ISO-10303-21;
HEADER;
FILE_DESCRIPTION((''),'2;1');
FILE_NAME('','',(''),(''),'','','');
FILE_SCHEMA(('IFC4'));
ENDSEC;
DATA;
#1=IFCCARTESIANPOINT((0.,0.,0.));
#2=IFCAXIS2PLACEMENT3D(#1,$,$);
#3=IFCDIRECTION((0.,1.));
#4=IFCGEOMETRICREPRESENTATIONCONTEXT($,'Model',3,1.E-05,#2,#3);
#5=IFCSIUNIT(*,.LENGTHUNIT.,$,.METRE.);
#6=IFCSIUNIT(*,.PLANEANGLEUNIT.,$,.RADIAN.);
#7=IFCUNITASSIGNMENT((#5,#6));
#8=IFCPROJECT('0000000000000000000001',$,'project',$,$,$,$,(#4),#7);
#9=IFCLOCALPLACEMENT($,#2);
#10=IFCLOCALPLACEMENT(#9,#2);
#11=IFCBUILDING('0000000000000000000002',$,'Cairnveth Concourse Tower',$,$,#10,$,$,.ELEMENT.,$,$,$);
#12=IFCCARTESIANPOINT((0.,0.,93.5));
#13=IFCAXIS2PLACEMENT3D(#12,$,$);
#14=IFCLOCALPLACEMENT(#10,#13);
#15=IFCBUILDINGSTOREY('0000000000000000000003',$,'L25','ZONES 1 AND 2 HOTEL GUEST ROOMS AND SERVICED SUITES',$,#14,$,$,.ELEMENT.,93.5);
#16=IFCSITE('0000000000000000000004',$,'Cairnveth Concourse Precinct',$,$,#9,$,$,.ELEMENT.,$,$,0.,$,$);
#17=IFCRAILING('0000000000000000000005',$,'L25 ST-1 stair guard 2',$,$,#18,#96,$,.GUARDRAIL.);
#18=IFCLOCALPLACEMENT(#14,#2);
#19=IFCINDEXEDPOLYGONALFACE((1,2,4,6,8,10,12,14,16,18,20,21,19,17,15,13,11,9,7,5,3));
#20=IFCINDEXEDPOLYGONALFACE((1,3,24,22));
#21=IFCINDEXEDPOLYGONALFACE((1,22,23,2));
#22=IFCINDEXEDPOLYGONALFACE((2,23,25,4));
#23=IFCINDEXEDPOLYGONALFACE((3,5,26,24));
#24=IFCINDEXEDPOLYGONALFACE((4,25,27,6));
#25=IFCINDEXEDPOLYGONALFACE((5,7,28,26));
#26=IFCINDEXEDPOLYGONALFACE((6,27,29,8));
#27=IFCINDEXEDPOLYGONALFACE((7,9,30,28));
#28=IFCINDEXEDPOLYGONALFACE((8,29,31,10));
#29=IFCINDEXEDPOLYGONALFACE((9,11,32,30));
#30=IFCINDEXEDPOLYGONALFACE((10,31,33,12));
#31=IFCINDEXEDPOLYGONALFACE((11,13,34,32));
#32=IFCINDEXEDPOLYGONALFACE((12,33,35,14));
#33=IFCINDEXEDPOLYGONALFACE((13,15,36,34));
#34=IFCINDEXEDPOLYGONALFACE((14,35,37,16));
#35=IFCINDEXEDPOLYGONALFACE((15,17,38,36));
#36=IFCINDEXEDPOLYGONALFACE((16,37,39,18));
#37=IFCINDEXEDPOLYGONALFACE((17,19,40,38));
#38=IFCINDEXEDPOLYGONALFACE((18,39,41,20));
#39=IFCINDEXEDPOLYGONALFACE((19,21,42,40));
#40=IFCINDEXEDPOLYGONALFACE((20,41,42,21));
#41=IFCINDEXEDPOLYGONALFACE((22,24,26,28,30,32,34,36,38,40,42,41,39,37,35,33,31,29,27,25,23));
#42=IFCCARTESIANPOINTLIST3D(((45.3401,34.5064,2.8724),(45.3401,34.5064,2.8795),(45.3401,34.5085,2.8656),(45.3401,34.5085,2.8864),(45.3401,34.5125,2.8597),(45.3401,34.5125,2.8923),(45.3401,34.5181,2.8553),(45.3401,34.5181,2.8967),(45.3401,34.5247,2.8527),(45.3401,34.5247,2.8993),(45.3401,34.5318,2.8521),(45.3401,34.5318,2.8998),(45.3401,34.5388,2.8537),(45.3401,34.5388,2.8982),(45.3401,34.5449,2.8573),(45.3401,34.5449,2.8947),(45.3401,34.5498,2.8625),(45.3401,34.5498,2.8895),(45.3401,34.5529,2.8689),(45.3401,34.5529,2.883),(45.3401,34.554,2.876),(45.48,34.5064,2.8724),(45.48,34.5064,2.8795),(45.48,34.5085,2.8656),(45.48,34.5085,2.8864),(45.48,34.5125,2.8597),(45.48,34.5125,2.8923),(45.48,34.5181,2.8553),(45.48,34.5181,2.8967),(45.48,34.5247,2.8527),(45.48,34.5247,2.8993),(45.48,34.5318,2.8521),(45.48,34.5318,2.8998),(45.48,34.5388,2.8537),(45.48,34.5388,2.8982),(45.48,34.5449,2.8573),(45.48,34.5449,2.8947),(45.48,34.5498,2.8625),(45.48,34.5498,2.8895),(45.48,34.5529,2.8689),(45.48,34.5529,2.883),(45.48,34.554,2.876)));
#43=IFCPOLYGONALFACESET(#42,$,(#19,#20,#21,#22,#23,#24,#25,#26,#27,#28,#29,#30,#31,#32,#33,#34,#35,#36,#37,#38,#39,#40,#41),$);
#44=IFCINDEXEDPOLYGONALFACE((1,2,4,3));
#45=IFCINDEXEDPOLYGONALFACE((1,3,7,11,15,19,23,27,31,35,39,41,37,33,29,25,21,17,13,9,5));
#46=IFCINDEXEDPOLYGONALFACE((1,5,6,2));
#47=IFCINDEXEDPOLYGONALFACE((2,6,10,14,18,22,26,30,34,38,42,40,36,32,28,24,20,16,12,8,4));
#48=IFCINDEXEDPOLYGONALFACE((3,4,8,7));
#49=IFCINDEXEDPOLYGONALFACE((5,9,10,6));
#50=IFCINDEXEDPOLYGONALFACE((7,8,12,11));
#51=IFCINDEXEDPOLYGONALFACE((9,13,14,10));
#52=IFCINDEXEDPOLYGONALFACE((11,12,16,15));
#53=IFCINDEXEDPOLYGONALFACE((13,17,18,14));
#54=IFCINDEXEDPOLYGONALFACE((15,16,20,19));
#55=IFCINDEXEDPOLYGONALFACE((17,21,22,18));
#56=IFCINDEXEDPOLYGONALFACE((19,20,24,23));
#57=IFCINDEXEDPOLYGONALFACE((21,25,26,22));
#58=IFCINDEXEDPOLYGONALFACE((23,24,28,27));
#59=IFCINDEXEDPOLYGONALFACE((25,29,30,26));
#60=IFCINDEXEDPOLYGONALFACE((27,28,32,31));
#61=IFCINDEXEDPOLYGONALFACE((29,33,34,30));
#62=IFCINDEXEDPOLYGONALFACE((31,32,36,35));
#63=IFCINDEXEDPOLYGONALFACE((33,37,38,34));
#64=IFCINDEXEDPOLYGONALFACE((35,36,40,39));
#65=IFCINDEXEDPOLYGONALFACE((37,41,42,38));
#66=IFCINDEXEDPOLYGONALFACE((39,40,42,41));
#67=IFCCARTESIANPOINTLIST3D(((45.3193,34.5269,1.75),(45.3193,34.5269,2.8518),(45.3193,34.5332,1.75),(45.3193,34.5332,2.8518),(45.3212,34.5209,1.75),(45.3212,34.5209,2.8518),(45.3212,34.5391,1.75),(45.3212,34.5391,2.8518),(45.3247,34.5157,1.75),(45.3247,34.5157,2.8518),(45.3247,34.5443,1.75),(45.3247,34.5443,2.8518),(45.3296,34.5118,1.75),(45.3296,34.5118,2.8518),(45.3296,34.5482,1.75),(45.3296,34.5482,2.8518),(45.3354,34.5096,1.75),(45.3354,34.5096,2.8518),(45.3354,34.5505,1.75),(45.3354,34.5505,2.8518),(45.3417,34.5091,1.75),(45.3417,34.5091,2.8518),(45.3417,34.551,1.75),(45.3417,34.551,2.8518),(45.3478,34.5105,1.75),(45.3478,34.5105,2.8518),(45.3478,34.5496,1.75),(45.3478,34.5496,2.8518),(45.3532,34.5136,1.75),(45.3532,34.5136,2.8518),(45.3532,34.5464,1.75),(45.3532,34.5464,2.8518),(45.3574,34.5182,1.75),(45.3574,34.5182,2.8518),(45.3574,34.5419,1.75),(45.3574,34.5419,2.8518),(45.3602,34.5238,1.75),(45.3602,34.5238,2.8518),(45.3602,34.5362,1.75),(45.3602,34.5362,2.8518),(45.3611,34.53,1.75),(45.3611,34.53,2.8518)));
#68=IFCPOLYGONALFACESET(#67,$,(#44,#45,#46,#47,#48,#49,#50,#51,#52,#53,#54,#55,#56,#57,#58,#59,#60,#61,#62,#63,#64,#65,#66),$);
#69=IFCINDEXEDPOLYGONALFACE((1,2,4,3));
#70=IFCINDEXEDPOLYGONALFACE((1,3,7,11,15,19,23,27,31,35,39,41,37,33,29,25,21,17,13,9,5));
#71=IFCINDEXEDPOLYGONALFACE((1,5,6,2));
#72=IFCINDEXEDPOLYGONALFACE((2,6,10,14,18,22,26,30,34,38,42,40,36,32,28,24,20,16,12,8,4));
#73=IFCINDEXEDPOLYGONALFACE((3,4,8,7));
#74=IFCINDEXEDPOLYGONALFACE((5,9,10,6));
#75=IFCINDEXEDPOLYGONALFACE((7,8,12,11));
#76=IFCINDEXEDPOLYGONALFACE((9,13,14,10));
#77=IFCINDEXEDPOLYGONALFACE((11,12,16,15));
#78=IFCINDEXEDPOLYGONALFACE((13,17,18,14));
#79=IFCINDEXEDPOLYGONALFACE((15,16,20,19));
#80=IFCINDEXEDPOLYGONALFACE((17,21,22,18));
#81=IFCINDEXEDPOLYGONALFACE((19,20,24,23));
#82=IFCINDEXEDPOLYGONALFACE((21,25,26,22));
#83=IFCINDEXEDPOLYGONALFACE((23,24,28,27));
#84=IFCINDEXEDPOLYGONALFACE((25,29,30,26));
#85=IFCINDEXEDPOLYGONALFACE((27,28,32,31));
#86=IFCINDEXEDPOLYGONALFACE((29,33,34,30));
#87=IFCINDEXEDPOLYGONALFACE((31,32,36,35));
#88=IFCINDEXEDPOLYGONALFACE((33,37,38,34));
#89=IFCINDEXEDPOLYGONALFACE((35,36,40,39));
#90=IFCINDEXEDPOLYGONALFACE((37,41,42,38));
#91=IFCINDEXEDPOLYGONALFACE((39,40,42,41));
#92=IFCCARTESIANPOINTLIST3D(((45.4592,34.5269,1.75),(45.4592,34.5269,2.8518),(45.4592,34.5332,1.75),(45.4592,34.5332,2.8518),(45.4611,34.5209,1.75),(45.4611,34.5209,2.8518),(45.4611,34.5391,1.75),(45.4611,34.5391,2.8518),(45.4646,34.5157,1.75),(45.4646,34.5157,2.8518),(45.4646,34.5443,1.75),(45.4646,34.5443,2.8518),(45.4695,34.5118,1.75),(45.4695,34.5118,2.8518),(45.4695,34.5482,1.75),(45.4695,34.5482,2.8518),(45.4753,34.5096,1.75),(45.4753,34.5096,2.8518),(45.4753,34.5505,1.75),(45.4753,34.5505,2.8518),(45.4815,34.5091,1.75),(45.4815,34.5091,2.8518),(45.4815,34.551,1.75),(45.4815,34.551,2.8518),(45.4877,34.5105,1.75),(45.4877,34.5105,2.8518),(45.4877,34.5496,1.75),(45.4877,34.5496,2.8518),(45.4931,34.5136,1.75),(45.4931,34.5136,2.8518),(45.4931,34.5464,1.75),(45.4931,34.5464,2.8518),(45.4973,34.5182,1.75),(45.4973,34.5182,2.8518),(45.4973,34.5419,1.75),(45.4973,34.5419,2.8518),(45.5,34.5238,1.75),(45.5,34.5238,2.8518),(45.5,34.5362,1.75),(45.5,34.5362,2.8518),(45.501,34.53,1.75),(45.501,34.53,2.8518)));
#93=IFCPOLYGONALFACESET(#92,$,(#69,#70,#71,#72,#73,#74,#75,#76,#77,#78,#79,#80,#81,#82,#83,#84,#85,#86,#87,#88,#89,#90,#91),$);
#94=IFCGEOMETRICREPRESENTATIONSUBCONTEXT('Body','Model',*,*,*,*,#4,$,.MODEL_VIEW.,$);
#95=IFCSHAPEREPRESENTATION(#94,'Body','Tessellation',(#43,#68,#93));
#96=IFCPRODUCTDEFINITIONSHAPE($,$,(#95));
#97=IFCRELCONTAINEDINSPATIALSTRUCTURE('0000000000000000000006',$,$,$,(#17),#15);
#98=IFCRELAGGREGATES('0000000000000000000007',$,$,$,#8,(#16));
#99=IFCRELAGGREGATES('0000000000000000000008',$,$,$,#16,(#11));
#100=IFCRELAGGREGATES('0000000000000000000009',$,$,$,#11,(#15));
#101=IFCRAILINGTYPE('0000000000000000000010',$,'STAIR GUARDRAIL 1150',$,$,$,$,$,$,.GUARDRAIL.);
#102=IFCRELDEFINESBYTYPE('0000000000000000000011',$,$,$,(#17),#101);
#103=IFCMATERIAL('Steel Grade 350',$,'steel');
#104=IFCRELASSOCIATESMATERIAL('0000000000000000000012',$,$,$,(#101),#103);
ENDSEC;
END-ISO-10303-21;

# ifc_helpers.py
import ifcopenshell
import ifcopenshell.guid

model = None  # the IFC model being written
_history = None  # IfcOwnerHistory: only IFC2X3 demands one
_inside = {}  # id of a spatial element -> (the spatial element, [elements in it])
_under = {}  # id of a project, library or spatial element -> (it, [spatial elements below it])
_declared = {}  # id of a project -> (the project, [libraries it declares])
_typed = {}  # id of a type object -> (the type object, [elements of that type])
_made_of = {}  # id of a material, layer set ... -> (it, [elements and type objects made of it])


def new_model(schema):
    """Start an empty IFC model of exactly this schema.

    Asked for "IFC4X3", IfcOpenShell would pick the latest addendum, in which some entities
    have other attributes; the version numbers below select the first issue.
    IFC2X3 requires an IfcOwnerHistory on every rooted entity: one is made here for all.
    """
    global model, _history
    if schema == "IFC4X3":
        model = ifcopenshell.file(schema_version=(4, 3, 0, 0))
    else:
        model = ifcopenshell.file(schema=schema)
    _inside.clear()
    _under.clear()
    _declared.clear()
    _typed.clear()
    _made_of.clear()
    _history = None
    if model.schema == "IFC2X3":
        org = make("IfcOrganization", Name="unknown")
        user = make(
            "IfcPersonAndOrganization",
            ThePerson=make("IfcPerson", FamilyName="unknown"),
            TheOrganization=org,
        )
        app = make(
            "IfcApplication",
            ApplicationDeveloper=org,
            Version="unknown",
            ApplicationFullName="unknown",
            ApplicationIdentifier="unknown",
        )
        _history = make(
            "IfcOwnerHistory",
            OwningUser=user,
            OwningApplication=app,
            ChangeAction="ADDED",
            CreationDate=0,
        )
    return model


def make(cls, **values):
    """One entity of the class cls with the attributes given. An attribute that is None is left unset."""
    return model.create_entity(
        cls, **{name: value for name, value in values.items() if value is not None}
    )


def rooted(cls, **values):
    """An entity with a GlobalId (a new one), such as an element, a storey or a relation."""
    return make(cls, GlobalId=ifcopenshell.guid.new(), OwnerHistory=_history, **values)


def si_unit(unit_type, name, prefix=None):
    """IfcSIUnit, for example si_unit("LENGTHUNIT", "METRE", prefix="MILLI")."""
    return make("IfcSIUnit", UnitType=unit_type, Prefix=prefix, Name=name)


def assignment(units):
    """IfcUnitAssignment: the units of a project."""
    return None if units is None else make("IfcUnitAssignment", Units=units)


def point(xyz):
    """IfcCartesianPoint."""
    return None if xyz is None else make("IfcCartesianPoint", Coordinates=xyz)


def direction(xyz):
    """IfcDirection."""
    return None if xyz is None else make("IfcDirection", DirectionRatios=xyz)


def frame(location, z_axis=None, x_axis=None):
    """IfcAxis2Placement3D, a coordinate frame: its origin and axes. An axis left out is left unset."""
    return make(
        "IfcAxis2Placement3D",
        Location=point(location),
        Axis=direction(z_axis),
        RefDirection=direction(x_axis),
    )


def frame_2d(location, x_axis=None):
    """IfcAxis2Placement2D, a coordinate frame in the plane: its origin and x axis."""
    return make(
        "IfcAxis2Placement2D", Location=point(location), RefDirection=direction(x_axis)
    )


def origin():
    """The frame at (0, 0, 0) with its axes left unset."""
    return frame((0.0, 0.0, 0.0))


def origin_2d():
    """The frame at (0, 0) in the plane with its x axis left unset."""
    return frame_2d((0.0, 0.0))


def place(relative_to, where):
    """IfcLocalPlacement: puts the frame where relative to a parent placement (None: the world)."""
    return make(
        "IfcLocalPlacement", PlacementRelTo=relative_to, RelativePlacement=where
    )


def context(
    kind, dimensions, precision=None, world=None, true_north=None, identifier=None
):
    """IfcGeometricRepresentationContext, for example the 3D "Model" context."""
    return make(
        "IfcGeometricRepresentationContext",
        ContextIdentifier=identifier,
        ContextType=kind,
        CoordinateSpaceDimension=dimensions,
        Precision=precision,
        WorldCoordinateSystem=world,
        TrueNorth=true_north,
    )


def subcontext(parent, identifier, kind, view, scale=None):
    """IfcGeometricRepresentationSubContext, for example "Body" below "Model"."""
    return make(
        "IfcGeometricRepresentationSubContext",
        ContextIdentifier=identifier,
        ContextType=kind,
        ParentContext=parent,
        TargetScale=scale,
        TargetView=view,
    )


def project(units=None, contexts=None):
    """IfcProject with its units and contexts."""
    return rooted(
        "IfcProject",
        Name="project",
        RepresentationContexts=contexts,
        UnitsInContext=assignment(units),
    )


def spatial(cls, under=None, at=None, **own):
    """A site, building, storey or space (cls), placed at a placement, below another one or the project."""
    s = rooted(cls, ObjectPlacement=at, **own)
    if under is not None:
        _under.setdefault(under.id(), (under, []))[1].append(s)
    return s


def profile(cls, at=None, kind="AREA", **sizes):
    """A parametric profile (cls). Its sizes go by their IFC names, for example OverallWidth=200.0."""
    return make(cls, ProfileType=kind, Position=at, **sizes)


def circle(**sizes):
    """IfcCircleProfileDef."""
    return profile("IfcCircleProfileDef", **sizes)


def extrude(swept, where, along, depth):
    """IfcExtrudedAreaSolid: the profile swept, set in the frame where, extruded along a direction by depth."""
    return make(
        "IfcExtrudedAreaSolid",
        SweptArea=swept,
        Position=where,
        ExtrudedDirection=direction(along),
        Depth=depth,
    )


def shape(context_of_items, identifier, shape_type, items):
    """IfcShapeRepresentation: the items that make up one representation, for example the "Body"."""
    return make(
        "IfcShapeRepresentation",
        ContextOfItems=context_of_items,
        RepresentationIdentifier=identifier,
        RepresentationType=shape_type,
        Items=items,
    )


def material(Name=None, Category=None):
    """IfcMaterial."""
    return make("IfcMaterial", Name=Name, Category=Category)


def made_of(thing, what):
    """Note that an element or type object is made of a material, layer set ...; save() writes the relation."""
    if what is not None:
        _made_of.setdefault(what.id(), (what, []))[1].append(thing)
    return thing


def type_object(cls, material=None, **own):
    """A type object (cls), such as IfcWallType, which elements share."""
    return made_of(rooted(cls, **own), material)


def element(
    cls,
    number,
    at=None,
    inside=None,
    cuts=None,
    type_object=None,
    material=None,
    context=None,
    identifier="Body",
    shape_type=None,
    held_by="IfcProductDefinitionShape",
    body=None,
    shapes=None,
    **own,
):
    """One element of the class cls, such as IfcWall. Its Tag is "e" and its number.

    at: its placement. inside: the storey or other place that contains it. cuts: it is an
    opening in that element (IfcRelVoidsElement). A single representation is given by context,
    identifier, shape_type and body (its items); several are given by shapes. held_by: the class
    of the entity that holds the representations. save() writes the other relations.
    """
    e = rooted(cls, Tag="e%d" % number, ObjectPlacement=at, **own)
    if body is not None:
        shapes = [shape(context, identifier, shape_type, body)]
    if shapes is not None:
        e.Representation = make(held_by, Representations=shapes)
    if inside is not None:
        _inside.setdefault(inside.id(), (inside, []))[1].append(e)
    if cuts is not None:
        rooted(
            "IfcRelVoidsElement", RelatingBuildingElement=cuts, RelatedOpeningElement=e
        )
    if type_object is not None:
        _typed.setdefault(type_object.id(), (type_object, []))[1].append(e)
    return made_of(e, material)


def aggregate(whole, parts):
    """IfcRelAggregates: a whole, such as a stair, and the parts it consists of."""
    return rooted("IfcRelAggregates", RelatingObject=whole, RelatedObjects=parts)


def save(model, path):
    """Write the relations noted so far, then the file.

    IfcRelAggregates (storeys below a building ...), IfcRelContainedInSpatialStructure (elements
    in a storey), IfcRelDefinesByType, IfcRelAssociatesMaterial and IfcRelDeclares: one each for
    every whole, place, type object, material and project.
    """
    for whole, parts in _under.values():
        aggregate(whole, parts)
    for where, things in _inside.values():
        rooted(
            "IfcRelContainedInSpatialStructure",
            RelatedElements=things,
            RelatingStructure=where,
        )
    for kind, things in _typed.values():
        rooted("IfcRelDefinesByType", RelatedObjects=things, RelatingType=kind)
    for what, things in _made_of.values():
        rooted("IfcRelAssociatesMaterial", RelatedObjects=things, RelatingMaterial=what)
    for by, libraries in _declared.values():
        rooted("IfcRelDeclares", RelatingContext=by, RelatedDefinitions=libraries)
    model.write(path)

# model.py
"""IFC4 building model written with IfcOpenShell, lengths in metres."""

from ifc_helpers import new_model, si_unit, direction, frame, origin, origin_2d, place, context, subcontext, project, spatial, circle, extrude, material, type_object, element, save


model = new_model("IFC4")

# Units and contexts
model_context = context("Model", 3, precision=1e-05, world=origin(), true_north=direction((0.0, 1.0)))
body_context = subcontext(model_context, "Body", "Model", "MODEL_VIEW")
ifc_project = project(units=[si_unit("LENGTHUNIT", "METRE"), si_unit("PLANEANGLEUNIT", "RADIAN")], contexts=[model_context])

# Site, building, storey
site_placement = place(None, origin())
site = spatial("IfcSite", under=ifc_project, at=site_placement, Name="Cairnveth Concourse Precinct", CompositionType="ELEMENT", RefElevation=0.0)
building_placement = place(site_placement, origin())
building = spatial("IfcBuilding", under=site, at=building_placement, Name="Cairnveth Concourse Tower", CompositionType="ELEMENT")
storey_placement = place(building_placement, frame((0.0, 0.0, 93.5)))
storey = spatial("IfcBuildingStorey", under=building, at=storey_placement, Name="L25", Description="ZONES 1 AND 2 HOTEL GUEST ROOMS AND SERVICED SUITES", CompositionType="ELEMENT", Elevation=93.5)

# Railing
ifc_material_1 = material(Name="Steel Grade 350", Category="steel")
railing_type_1 = type_object("IfcRailingType", Name="STAIR GUARDRAIL 1150", PredefinedType="GUARDRAIL", material=ifc_material_1)
railing_1_placement = place(storey_placement, frame((45.3401, 34.53, 1.75)))
element("IfcRailing", 1, at=railing_1_placement, inside=storey, type_object=railing_type_1, Name="L25 ST-1 stair guard 2", PredefinedType="GUARDRAIL", context=body_context, shape_type="SweptSolid", body=[
    extrude(circle(Radius=0.0239, at=origin_2d()), frame((0.0, 0.0, 1.126), z_axis=(1.0, 0.0, 0.0), x_axis=(0.0, 1.0, 0.0)), (0.0, 0.0, 1.0), 0.1399),
    extrude(circle(Radius=0.021, at=origin_2d()), origin(), (0.0, 0.0, 1.0), 1.1018),
    extrude(circle(Radius=0.021, at=origin_2d()), frame((0.1399, 0.0, 0.0)), (0.0, 0.0, 1.0), 1.1018),
])

save(model, "model.ifc")
